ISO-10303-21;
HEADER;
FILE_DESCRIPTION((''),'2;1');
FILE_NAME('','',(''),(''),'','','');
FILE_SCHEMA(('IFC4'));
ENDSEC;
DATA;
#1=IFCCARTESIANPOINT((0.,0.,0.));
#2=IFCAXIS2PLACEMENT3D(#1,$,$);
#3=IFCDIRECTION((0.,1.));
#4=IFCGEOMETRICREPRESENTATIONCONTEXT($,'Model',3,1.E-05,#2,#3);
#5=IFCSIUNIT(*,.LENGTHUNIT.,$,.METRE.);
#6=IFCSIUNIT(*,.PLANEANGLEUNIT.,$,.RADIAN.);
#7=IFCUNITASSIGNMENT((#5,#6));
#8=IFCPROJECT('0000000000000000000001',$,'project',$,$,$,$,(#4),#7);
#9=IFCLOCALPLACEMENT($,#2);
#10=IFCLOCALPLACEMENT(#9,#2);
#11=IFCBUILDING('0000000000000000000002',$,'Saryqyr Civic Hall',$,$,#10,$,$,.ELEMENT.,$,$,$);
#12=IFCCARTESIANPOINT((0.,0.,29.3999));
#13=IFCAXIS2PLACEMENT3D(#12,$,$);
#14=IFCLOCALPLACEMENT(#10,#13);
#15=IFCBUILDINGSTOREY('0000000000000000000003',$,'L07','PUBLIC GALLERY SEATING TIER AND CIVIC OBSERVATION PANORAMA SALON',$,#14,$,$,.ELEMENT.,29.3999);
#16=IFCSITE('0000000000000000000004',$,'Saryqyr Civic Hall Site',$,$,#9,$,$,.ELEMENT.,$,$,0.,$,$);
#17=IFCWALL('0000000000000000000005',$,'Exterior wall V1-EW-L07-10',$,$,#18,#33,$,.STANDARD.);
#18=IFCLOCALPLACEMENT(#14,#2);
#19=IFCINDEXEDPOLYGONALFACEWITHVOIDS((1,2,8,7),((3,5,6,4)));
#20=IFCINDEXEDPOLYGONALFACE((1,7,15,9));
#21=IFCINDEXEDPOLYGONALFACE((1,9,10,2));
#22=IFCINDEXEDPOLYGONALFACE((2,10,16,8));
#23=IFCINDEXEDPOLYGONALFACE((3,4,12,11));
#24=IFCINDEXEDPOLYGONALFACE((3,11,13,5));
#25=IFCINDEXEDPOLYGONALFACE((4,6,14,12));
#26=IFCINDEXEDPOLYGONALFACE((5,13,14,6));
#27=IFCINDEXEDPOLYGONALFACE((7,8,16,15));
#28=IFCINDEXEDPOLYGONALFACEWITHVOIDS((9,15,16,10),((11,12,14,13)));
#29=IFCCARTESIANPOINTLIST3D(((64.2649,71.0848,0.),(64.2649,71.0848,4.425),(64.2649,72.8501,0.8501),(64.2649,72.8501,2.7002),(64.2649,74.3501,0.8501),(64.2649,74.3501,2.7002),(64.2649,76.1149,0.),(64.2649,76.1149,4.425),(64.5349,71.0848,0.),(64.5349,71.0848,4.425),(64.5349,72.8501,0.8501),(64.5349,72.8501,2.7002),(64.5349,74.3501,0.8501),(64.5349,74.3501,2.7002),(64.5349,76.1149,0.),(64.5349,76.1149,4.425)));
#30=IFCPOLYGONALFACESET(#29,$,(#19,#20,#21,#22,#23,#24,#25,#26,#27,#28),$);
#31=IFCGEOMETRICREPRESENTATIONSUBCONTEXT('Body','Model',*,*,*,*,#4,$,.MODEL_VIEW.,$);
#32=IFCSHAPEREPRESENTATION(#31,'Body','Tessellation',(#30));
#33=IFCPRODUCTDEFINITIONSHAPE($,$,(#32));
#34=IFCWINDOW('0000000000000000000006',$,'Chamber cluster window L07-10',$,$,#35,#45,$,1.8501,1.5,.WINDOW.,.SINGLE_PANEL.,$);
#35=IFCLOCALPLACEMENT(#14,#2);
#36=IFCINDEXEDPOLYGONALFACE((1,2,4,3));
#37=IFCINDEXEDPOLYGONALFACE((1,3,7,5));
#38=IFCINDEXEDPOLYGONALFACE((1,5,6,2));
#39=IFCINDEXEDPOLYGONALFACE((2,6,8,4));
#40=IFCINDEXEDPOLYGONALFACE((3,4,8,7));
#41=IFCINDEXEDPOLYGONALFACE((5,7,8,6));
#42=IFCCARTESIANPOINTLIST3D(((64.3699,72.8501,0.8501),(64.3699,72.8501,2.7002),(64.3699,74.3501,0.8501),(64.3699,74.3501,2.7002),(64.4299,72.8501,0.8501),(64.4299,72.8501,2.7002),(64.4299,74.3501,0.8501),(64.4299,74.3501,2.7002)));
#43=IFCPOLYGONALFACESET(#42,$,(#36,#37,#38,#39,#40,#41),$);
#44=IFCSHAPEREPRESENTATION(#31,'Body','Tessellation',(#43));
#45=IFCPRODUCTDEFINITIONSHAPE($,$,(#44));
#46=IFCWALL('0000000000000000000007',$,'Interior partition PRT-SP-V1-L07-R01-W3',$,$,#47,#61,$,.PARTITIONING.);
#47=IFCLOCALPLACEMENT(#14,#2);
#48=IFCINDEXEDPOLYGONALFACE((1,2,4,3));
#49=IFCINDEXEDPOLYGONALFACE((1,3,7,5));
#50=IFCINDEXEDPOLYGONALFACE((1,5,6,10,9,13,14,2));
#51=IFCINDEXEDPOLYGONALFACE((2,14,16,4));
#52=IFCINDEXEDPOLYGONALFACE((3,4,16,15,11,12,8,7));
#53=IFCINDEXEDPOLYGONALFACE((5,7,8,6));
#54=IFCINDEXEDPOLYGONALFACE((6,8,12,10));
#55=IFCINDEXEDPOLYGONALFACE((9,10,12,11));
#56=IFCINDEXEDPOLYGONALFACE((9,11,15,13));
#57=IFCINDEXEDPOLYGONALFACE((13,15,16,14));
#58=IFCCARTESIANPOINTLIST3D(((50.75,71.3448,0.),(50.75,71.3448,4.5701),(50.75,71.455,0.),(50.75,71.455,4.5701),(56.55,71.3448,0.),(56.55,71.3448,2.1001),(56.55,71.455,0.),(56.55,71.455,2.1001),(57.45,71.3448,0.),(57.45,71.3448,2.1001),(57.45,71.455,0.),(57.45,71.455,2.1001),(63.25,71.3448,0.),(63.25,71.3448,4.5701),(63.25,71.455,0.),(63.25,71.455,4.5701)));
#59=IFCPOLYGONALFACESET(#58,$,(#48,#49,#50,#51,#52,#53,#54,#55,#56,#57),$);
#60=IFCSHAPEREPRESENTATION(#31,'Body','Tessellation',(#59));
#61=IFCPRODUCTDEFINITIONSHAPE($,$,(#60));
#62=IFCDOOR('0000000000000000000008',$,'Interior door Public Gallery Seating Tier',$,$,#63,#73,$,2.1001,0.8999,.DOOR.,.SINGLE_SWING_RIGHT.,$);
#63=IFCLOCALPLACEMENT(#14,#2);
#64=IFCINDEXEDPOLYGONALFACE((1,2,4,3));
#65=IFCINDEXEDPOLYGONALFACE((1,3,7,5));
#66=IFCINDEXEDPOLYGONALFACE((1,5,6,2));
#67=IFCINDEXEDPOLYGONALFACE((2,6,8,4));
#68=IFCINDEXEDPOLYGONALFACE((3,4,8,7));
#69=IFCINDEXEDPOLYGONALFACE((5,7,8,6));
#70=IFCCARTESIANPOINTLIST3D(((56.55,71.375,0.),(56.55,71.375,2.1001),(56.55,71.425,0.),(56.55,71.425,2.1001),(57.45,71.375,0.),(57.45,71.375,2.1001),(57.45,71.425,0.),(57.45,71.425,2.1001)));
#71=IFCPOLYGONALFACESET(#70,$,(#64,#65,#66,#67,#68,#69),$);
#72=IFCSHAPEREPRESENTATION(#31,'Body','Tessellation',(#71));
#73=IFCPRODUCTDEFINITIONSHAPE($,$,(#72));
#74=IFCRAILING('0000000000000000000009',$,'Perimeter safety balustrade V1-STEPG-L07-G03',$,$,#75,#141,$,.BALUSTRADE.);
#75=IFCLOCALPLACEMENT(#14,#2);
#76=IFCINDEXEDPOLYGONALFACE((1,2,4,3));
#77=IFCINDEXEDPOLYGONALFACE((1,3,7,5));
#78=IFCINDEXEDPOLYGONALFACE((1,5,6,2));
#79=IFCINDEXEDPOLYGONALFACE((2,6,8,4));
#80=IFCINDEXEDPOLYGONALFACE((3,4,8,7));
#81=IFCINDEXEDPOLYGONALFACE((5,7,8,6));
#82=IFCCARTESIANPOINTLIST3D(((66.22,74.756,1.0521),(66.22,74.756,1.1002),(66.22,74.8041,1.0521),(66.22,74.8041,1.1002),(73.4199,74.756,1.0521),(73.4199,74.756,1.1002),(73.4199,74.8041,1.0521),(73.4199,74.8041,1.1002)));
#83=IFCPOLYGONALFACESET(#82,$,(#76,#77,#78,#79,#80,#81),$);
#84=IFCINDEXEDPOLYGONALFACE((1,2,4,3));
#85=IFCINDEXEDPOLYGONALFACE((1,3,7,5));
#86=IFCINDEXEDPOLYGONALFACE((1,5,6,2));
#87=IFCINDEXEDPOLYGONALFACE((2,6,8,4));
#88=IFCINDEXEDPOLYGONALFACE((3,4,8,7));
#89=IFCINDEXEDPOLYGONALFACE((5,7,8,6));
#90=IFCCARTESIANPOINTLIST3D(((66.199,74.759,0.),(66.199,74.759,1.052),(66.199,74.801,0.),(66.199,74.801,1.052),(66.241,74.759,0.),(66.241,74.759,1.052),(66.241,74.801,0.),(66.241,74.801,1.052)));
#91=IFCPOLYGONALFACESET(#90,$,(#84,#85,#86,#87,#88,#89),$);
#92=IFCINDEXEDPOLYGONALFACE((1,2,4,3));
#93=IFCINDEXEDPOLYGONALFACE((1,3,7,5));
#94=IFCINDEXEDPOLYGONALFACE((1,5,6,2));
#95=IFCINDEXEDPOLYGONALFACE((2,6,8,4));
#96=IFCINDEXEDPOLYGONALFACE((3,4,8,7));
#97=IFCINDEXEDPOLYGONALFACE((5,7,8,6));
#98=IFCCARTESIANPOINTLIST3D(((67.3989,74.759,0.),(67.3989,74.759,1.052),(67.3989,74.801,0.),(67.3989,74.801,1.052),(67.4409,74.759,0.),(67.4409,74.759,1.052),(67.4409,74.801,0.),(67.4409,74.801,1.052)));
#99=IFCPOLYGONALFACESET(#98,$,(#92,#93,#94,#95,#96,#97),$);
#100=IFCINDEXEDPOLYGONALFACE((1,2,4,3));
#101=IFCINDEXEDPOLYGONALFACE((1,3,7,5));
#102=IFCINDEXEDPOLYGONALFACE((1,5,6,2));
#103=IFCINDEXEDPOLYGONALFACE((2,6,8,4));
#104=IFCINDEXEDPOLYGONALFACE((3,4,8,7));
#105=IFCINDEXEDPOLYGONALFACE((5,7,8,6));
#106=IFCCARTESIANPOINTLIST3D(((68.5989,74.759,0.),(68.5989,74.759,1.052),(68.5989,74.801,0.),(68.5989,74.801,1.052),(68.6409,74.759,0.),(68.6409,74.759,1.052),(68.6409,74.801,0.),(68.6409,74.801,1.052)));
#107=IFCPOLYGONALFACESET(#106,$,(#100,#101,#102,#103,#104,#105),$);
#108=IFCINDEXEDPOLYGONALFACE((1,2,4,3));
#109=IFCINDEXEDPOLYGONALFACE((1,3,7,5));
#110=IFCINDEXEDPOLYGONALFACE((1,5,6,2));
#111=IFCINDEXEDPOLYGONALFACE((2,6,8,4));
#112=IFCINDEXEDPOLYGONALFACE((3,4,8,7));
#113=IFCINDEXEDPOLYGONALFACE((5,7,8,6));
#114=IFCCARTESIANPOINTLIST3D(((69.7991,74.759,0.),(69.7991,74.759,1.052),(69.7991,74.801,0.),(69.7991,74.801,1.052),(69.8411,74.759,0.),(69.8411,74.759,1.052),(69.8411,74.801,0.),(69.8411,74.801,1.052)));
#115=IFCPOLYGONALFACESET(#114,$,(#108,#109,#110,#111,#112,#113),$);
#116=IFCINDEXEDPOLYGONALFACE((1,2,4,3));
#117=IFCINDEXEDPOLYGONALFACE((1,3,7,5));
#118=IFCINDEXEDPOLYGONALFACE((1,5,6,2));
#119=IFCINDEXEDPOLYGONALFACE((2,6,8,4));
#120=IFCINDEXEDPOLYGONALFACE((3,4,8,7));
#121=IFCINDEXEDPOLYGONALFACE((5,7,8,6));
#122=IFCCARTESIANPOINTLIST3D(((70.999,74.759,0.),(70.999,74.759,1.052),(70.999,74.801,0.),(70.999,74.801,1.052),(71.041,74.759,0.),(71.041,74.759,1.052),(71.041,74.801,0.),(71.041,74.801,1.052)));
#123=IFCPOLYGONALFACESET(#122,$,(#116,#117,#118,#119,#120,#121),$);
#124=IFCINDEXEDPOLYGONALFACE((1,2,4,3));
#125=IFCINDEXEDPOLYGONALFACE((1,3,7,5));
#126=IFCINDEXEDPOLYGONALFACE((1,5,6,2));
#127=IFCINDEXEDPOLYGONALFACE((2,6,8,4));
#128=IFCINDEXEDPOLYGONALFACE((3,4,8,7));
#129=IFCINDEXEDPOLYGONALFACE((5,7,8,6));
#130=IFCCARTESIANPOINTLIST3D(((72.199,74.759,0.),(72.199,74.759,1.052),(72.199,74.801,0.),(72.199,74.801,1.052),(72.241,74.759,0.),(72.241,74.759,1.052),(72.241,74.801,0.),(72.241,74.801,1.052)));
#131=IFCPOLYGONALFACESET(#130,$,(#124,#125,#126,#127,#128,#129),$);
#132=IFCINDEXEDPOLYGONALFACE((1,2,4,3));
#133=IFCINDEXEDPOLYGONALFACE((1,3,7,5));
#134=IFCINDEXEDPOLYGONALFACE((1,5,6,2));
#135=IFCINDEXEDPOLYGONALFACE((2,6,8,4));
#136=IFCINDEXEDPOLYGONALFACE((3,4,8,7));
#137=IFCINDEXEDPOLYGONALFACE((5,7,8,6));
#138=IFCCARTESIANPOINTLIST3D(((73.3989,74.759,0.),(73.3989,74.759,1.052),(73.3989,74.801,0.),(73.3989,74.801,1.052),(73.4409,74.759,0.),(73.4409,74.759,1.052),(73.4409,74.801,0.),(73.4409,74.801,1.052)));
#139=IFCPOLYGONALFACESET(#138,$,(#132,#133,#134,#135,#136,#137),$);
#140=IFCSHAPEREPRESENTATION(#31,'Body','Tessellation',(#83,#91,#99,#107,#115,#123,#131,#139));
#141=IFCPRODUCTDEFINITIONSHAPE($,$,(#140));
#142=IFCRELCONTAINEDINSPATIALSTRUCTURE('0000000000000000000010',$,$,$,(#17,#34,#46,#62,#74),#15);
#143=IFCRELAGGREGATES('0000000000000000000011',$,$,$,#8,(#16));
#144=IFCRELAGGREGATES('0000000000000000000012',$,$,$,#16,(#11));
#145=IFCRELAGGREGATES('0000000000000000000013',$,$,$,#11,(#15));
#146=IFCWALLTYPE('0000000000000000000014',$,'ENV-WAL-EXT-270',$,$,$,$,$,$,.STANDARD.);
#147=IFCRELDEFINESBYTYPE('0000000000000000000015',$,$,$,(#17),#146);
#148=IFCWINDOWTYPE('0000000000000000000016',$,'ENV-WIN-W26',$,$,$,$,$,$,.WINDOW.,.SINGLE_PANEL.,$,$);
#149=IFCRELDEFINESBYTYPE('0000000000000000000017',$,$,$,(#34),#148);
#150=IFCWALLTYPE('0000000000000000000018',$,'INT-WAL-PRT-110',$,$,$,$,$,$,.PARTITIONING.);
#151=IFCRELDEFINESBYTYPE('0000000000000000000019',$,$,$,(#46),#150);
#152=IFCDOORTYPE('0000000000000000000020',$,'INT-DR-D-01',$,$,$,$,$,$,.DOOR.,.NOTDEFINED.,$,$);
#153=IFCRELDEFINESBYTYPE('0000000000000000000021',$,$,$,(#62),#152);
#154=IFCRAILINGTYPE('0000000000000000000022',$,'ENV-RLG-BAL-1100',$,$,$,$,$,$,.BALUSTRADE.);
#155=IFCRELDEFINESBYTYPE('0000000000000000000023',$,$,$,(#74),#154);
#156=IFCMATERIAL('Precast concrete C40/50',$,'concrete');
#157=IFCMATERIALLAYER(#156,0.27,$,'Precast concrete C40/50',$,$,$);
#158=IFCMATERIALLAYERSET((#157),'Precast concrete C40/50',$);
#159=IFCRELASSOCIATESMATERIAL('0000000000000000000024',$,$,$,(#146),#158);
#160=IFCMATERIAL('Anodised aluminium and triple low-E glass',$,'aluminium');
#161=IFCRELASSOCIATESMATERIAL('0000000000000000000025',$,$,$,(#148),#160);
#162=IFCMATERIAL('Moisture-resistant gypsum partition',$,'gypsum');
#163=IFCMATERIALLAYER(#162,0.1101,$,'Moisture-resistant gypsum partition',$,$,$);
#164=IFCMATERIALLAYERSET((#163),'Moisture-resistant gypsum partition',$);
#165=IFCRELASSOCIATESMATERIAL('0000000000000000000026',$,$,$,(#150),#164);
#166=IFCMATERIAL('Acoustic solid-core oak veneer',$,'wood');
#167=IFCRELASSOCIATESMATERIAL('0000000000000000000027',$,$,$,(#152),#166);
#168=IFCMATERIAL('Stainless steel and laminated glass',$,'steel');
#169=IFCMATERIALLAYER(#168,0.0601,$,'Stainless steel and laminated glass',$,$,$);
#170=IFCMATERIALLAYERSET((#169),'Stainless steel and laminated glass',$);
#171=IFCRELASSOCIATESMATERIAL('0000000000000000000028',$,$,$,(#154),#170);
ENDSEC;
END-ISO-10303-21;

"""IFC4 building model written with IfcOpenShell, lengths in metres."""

from ifc_helpers import new_model, si_unit, direction, frame, frame_2d, origin, origin_2d, place, context, subcontext, project, spatial, rectangle, extrude, material, layer, layer_set, type_object, element, fill, save


model = new_model("IFC4")

# Units and contexts
model_context = context("Model", 3, precision=1e-05, world=origin(), true_north=direction((0.0, 1.0)))
body_context = subcontext(model_context, "Body", "Model", "MODEL_VIEW")
ifc_project = project(units=[si_unit("LENGTHUNIT", "METRE"), si_unit("PLANEANGLEUNIT", "RADIAN")], contexts=[model_context])

# Site, building, storey
site_placement = place(None, origin())
site = spatial("IfcSite", under=ifc_project, at=site_placement, Name="Saryqyr Civic Hall Site", CompositionType="ELEMENT", RefElevation=0.0)
building_placement = place(site_placement, origin())
building = spatial("IfcBuilding", under=site, at=building_placement, Name="Saryqyr Civic Hall", CompositionType="ELEMENT")
storey_placement = place(building_placement, frame((0.0, 0.0, 29.3999)))
storey = spatial("IfcBuildingStorey", under=building, at=storey_placement, Name="L07", Description="PUBLIC GALLERY SEATING TIER AND CIVIC OBSERVATION PANORAMA SALON", CompositionType="ELEMENT", Elevation=29.3999)

# Shared definitions
ifc_material_1 = material(Name="Anodised aluminium and triple low-E glass", Category="aluminium")

# Wall, opening, window
ifc_material_2 = material(Name="Precast concrete C40/50", Category="concrete")
ifc_layer_1 = layer(ifc_material_2, 0.27, Name="Precast concrete C40/50")
ifc_layer_set_1 = layer_set([ifc_layer_1], Name="Precast concrete C40/50")
wall_type_1 = type_object("IfcWallType", Name="ENV-WAL-EXT-270", PredefinedType="STANDARD", material=ifc_layer_set_1)
wall_1_placement = place(storey_placement, frame((64.3999, 76.115, 0.0), z_axis=(0.0, 0.0, 1.0), x_axis=(0.0, -1.0, 0.0)))
wall_1 = element("IfcWall", 1, at=wall_1_placement, inside=storey, type_object=wall_type_1, Name="Exterior wall V1-EW-L07-10", PredefinedType="STANDARD", context=body_context, shape_type="SweptSolid", body=[
    extrude(rectangle(XDim=5.03, YDim=0.27, at=frame_2d((2.5151, 0.0))), origin(), (0.0, 0.0, 1.0), 4.425),
])
opening_1_placement = place(wall_1_placement, frame((1.7649, 0.0, 0.8501)))
opening_1 = element("IfcOpeningElement", 2, at=opening_1_placement, cuts=wall_1, PredefinedType="OPENING", context=body_context, shape_type="SweptSolid", body=[
    extrude(rectangle(XDim=1.5, YDim=1.8501, at=frame_2d((0.75, 0.925))), frame((0.0, 0.145, 0.0), z_axis=(0.0, -1.0, 0.0), x_axis=(1.0, 0.0, 0.0)), (0.0, 0.0, 1.0), 0.29),
])
window_type = type_object("IfcWindowType", Name="ENV-WIN-W26", PartitioningType="SINGLE_PANEL", PredefinedType="WINDOW", material=ifc_material_1)
window_placement = place(opening_1_placement, origin())
window = element("IfcWindow", 3, at=window_placement, inside=storey, type_object=window_type, Name="Chamber cluster window L07-10", OverallHeight=1.8501, OverallWidth=1.5, PartitioningType="SINGLE_PANEL", PredefinedType="WINDOW", context=body_context, shape_type="SweptSolid", body=[
    extrude(rectangle(XDim=1.5, YDim=1.8501, at=frame_2d((0.75, 0.925))), frame((0.0, 0.03, 0.0), z_axis=(0.0, -1.0, 0.0), x_axis=(1.0, 0.0, 0.0)), (0.0, 0.0, 1.0), 0.0601),
])
fill(opening_1, window)

# Wall, opening, door
ifc_material_3 = material(Name="Moisture-resistant gypsum partition", Category="gypsum")
ifc_layer_2 = layer(ifc_material_3, 0.1101, Name="Moisture-resistant gypsum partition")
ifc_layer_set_2 = layer_set([ifc_layer_2], Name="Moisture-resistant gypsum partition")
wall_type_2 = type_object("IfcWallType", Name="INT-WAL-PRT-110", PredefinedType="PARTITIONING", material=ifc_layer_set_2)
wall_2_placement = place(storey_placement, frame((63.25, 71.3999, 0.0), z_axis=(0.0, 0.0, 1.0), x_axis=(-1.0, 0.0, 0.0)))
wall_2 = element("IfcWall", 4, at=wall_2_placement, inside=storey, type_object=wall_type_2, Name="Interior partition PRT-SP-V1-L07-R01-W3", PredefinedType="PARTITIONING", context=body_context, shape_type="SweptSolid", body=[
    extrude(rectangle(XDim=12.5, YDim=0.1101, at=frame_2d((6.25, 0.0))), origin(), (0.0, 0.0, 1.0), 4.5701),
])
opening_2_placement = place(wall_2_placement, frame((5.8, 0.0, 0.0)))
opening_2 = element("IfcOpeningElement", 5, at=opening_2_placement, cuts=wall_2, PredefinedType="OPENING", context=body_context, shape_type="SweptSolid", body=[
    extrude(rectangle(XDim=0.8999, YDim=2.1001, at=frame_2d((0.45, 1.05))), frame((0.0, 0.0649, 0.0), z_axis=(0.0, -1.0, 0.0), x_axis=(1.0, 0.0, 0.0)), (0.0, 0.0, 1.0), 0.1301),
])
ifc_material_4 = material(Name="Acoustic solid-core oak veneer", Category="wood")
door_type = type_object("IfcDoorType", Name="INT-DR-D-01", OperationType="NOTDEFINED", PredefinedType="DOOR", material=ifc_material_4)
door_placement = place(opening_2_placement, origin())
door = element("IfcDoor", 6, at=door_placement, inside=storey, type_object=door_type, Name="Interior door Public Gallery Seating Tier", OperationType="SINGLE_SWING_RIGHT", OverallHeight=2.1001, OverallWidth=0.8999, PredefinedType="DOOR", context=body_context, shape_type="SweptSolid", body=[
    extrude(rectangle(XDim=0.8999, YDim=2.1001, at=frame_2d((0.45, 1.05))), frame((0.0, 0.0249, 0.0), z_axis=(0.0, -1.0, 0.0), x_axis=(1.0, 0.0, 0.0)), (0.0, 0.0, 1.0), 0.05),
])
fill(opening_2, door)

# Railing
ifc_material_5 = material(Name="Stainless steel and laminated glass", Category="steel")
ifc_layer_3 = layer(ifc_material_5, 0.0601, Name="Stainless steel and laminated glass")
ifc_layer_set_3 = layer_set([ifc_layer_3], Name="Stainless steel and laminated glass")
railing_type_1 = type_object("IfcRailingType", Name="ENV-RLG-BAL-1100", PredefinedType="BALUSTRADE", material=ifc_layer_set_3)
railing_1_placement = place(storey_placement, frame((66.22, 74.78, 0.0)))
element("IfcRailing", 7, at=railing_1_placement, inside=storey, type_object=railing_type_1, Name="Perimeter safety balustrade V1-STEPG-L07-G03", PredefinedType="BALUSTRADE", context=body_context, shape_type="SweptSolid", body=[
    extrude(rectangle(XDim=0.0481, YDim=0.0481, at=origin_2d()), frame((0.0, 0.0, 1.0762), z_axis=(1.0, 0.0, 0.0), x_axis=(0.0, 1.0, 0.0)), (0.0, 0.0, 1.0), 7.2),
    extrude(rectangle(XDim=0.042, YDim=0.042, at=origin_2d()), origin(), (0.0, 0.0, 1.0), 1.052),
    extrude(rectangle(XDim=0.042, YDim=0.042, at=origin_2d()), frame((1.2, 0.0, 0.0)), (0.0, 0.0, 1.0), 1.052),
    extrude(rectangle(XDim=0.042, YDim=0.042, at=origin_2d()), frame((2.3999, 0.0, 0.0)), (0.0, 0.0, 1.0), 1.052),
    extrude(rectangle(XDim=0.042, YDim=0.042, at=origin_2d()), frame((3.6001, 0.0, 0.0)), (0.0, 0.0, 1.0), 1.052),
    extrude(rectangle(XDim=0.042, YDim=0.042, at=origin_2d()), frame((4.8, 0.0, 0.0)), (0.0, 0.0, 1.0), 1.052),
    extrude(rectangle(XDim=0.042, YDim=0.042, at=origin_2d()), frame((6.0, 0.0, 0.0)), (0.0, 0.0, 1.0), 1.052),
    extrude(rectangle(XDim=0.042, YDim=0.042, at=origin_2d()), frame((7.2, 0.0, 0.0)), (0.0, 0.0, 1.0), 1.052),
])

save(model, "model.ifc")
